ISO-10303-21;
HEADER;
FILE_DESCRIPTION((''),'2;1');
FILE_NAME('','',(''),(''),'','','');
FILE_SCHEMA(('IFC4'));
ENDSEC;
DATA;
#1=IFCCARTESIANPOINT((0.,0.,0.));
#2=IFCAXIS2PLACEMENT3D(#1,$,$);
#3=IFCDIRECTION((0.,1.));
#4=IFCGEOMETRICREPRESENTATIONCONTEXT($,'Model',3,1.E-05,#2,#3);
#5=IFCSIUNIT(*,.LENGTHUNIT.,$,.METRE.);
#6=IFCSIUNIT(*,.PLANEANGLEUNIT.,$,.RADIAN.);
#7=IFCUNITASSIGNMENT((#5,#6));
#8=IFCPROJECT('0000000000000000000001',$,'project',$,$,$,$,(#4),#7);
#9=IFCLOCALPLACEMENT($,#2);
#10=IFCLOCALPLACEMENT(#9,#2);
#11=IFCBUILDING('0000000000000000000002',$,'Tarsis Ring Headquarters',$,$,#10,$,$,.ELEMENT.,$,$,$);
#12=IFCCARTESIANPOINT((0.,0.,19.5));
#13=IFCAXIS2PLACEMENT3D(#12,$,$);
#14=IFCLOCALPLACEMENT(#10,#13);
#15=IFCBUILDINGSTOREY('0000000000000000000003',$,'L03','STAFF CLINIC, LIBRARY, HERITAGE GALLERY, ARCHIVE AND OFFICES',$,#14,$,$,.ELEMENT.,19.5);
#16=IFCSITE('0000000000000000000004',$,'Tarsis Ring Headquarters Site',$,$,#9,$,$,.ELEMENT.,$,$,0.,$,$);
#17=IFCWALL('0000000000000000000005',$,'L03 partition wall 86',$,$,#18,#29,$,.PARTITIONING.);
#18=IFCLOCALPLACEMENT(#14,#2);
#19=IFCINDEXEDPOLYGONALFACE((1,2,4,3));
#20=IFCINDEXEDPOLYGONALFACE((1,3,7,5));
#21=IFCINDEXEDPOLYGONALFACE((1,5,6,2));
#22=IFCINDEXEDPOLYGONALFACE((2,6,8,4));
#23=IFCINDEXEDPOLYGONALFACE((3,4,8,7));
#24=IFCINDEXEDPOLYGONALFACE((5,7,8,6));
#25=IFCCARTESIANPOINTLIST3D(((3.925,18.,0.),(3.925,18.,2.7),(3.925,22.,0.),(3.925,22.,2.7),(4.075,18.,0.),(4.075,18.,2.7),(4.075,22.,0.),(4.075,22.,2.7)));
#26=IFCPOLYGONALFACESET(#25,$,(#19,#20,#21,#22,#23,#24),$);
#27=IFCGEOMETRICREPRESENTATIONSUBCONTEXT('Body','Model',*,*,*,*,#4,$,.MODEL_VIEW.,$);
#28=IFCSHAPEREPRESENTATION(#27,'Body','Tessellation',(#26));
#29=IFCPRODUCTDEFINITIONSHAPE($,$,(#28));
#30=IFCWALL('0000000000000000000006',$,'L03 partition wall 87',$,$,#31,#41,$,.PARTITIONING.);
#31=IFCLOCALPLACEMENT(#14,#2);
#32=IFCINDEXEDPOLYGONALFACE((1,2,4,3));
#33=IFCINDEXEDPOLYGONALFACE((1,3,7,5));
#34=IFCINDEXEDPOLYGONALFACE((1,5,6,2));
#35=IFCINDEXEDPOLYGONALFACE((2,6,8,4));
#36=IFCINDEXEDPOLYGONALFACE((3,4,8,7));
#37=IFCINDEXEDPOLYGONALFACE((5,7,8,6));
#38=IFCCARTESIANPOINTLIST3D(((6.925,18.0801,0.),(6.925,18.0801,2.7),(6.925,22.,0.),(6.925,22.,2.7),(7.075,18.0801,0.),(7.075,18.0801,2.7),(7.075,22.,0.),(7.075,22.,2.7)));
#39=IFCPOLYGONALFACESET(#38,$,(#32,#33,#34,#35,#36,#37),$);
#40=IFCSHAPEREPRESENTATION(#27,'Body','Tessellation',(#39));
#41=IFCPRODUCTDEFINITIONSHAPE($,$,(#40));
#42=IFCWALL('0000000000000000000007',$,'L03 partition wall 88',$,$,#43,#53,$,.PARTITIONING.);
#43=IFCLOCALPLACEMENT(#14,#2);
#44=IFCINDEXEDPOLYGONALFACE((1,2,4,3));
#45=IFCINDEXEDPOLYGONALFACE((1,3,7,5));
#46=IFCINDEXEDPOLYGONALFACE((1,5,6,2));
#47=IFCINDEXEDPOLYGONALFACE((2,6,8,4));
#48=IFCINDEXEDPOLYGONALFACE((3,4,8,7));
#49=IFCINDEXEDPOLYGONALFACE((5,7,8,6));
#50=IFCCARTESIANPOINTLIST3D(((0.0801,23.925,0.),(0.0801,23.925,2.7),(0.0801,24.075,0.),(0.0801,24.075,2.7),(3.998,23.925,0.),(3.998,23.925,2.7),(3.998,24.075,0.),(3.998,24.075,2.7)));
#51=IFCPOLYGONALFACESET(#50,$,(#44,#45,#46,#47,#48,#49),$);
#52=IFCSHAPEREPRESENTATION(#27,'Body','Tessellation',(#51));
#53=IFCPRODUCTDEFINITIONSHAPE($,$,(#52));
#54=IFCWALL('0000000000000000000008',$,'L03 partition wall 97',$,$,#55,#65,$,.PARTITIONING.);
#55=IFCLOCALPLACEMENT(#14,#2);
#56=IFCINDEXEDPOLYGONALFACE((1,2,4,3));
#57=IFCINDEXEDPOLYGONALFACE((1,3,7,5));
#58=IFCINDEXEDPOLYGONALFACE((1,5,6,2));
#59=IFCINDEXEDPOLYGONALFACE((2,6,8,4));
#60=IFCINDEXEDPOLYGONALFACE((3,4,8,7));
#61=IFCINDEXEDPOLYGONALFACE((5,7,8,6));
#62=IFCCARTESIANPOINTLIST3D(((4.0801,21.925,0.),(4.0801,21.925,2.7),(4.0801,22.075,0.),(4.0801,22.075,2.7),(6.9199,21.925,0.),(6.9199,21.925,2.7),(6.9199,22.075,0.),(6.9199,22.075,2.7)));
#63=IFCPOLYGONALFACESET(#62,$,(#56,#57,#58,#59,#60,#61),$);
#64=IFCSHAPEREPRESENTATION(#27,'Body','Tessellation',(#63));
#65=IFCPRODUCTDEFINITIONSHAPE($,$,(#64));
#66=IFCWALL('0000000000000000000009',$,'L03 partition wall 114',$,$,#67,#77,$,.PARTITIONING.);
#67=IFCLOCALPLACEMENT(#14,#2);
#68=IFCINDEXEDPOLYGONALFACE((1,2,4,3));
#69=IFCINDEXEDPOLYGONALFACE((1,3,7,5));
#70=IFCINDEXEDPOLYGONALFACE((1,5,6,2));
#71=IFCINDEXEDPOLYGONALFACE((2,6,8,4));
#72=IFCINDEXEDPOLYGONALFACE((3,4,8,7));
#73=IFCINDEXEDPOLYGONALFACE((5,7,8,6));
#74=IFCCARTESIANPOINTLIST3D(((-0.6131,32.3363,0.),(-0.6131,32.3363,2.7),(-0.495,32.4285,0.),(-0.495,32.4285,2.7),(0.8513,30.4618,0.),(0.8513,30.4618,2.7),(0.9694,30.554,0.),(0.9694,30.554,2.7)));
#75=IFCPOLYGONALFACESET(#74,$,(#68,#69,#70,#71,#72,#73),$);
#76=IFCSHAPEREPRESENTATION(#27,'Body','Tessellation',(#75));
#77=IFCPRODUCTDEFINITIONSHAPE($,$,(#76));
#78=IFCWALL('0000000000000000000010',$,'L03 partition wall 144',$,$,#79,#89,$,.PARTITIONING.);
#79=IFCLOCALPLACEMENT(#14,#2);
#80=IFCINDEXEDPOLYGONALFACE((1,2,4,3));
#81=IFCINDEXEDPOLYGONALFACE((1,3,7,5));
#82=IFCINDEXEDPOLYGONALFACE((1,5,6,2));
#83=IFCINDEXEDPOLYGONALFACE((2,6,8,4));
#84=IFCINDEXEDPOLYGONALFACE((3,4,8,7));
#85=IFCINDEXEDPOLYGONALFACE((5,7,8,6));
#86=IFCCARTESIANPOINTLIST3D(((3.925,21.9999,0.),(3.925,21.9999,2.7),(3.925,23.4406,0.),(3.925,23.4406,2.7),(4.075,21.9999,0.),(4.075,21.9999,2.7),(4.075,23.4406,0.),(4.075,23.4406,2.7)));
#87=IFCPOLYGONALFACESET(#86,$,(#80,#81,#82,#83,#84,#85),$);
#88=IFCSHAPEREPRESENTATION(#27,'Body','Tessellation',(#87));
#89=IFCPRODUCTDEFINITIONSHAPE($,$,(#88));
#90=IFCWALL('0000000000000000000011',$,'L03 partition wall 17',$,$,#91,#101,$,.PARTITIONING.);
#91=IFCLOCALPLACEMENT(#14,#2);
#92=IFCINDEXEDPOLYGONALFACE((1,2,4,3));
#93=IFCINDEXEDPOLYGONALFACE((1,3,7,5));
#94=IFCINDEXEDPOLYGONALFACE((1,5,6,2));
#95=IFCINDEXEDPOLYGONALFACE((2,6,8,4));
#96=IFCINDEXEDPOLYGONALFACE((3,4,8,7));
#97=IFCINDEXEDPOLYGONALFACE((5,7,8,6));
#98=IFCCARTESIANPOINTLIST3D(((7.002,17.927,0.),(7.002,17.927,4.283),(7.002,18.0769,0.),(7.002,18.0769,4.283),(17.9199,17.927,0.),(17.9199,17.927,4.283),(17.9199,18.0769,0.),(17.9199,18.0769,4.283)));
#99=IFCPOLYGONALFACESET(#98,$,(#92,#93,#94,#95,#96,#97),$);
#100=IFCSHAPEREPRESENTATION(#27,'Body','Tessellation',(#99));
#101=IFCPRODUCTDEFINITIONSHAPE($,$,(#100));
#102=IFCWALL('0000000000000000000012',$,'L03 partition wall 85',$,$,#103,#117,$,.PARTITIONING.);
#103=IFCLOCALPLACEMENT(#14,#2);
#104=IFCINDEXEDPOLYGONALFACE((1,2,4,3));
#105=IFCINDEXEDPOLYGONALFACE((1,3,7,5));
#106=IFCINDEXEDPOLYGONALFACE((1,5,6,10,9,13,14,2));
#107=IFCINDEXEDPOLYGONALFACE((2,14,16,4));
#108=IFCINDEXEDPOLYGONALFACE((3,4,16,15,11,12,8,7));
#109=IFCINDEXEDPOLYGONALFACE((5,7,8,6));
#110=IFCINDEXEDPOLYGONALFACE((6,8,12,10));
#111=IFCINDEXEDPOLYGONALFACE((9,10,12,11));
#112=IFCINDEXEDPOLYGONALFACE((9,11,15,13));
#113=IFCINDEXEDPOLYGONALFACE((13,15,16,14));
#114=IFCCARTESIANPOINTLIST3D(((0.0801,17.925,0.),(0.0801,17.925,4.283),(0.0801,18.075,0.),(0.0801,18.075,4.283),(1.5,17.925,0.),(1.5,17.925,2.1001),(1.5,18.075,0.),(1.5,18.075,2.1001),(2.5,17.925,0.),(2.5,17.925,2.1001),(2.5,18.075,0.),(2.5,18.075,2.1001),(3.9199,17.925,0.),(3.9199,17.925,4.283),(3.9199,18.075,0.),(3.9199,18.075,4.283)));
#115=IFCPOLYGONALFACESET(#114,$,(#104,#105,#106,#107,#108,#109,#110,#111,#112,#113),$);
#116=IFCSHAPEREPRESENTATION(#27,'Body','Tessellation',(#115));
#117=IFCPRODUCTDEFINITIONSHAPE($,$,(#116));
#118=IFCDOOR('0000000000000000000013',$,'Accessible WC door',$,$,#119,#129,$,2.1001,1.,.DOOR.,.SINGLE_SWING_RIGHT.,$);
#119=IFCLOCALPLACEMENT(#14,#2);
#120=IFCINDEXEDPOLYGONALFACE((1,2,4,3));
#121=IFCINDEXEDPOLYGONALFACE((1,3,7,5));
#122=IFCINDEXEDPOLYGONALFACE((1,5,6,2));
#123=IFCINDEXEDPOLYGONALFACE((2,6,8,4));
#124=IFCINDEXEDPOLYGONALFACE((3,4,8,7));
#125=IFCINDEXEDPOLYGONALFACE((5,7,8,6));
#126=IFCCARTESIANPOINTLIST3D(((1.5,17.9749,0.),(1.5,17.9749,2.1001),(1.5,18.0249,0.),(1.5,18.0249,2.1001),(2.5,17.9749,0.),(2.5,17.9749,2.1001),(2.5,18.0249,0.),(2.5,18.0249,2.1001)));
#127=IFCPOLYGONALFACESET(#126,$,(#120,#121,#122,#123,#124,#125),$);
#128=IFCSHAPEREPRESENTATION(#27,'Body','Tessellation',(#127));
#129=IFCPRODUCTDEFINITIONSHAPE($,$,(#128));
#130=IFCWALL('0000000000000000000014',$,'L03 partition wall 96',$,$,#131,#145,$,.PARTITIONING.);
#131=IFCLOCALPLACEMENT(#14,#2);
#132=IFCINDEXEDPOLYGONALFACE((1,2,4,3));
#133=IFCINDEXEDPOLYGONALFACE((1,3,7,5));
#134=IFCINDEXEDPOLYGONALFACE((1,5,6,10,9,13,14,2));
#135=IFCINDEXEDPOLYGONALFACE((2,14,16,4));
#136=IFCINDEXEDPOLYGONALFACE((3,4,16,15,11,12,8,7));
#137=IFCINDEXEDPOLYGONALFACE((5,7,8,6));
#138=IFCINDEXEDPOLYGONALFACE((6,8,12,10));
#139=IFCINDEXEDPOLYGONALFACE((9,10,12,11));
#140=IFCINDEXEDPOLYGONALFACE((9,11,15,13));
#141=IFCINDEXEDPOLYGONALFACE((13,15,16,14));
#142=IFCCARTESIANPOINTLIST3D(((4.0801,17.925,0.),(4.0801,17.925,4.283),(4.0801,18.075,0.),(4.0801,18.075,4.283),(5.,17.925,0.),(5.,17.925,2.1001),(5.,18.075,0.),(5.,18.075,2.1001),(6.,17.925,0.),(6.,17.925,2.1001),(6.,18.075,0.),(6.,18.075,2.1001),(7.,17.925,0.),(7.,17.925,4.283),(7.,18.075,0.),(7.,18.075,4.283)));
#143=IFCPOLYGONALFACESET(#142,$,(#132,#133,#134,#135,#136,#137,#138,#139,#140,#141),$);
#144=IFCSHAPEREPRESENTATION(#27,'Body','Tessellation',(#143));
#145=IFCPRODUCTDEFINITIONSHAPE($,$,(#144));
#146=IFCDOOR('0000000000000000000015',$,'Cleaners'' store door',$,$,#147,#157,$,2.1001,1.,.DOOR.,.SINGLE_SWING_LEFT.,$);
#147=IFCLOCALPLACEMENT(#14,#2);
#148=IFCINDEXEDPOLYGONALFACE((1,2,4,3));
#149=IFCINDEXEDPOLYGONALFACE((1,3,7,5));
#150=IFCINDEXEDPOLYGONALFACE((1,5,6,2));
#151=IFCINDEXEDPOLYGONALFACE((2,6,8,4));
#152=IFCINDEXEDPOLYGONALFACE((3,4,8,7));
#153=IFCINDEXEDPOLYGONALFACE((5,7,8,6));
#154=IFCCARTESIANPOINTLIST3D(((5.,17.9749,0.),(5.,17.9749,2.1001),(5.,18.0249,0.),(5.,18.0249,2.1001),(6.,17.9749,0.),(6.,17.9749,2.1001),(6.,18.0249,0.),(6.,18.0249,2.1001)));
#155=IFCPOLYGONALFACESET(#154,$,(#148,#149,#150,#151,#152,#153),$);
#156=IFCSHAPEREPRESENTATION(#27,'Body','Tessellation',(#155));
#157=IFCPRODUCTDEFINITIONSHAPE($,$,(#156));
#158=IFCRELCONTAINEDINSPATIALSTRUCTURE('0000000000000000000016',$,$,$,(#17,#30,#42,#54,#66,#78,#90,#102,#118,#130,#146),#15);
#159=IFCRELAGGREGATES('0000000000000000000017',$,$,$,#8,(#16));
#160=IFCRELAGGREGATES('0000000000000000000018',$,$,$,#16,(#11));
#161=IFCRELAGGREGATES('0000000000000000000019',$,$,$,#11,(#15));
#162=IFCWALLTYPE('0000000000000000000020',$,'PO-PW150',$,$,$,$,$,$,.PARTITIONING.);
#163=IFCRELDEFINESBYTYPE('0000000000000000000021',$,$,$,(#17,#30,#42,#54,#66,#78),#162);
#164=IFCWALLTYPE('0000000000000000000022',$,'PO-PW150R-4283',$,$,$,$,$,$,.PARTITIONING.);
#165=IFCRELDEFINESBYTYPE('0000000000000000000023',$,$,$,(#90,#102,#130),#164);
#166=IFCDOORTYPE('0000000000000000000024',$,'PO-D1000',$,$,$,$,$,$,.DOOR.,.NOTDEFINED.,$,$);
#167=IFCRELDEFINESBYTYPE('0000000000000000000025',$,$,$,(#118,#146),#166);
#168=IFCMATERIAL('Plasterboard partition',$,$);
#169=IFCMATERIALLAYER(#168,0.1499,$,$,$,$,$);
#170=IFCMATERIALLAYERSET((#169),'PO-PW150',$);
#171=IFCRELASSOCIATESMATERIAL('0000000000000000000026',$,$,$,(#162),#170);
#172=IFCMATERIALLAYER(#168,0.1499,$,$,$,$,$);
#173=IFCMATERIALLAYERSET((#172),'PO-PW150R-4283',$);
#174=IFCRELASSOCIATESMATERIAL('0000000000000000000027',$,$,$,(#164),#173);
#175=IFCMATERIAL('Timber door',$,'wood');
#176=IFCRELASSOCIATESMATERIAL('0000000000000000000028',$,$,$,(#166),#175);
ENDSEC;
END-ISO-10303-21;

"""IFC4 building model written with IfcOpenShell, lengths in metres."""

from ifc_helpers import new_model, si_unit, direction, frame, frame_2d, origin, place, context, subcontext, project, spatial, rectangle, extrude, material, layer, layer_set, type_object, element, fill, save


model = new_model("IFC4")

# Units and contexts
model_context = context("Model", 3, precision=1e-05, world=origin(), true_north=direction((0.0, 1.0)))
body_context = subcontext(model_context, "Body", "Model", "MODEL_VIEW")
ifc_project = project(units=[si_unit("LENGTHUNIT", "METRE"), si_unit("PLANEANGLEUNIT", "RADIAN")], contexts=[model_context])

# Site, building, storey
site_placement = place(None, origin())
site = spatial("IfcSite", under=ifc_project, at=site_placement, Name="Tarsis Ring Headquarters Site", CompositionType="ELEMENT", RefElevation=0.0)
building_placement = place(site_placement, origin())
building = spatial("IfcBuilding", under=site, at=building_placement, Name="Tarsis Ring Headquarters", CompositionType="ELEMENT")
storey_placement = place(building_placement, frame((0.0, 0.0, 19.5)))
storey = spatial("IfcBuildingStorey", under=building, at=storey_placement, Name="L03", Description="STAFF CLINIC, LIBRARY, HERITAGE GALLERY, ARCHIVE AND OFFICES", CompositionType="ELEMENT", Elevation=19.5)

# Walls
ifc_material_1 = material(Name="Plasterboard partition")
ifc_layer_1 = layer(ifc_material_1, 0.1499)
ifc_layer_set_1 = layer_set([ifc_layer_1], Name="PO-PW150")
wall_type_1 = type_object("IfcWallType", Name="PO-PW150", PredefinedType="PARTITIONING", material=ifc_layer_set_1)
wall_1_placement = place(storey_placement, frame((4.0, 18.0, 0.0), z_axis=(0.0, 0.0, 1.0), x_axis=(0.0, 1.0, 0.0)))
element("IfcWall", 1, at=wall_1_placement, inside=storey, type_object=wall_type_1, Name="L03 partition wall 86", PredefinedType="PARTITIONING", context=body_context, shape_type="SweptSolid", body=[
    extrude(rectangle(XDim=4.0, YDim=0.1499, at=frame_2d((2.0, 0.0))), origin(), (0.0, 0.0, 1.0), 2.7),
])
wall_2_placement = place(storey_placement, frame((7.0, 18.0801, 0.0), z_axis=(0.0, 0.0, 1.0), x_axis=(0.0, 1.0, 0.0)))
element("IfcWall", 2, at=wall_2_placement, inside=storey, type_object=wall_type_1, Name="L03 partition wall 87", PredefinedType="PARTITIONING", context=body_context, shape_type="SweptSolid", body=[
    extrude(rectangle(XDim=3.9199, YDim=0.1499, at=frame_2d((1.96, 0.0))), origin(), (0.0, 0.0, 1.0), 2.7),
])
wall_3_placement = place(storey_placement, frame((0.0801, 24.0, 0.0), z_axis=(0.0, 0.0, 1.0), x_axis=(1.0, 0.0, 0.0)))
element("IfcWall", 3, at=wall_3_placement, inside=storey, type_object=wall_type_1, Name="L03 partition wall 88", PredefinedType="PARTITIONING", context=body_context, shape_type="SweptSolid", body=[
    extrude(rectangle(XDim=3.918, YDim=0.1499, at=frame_2d((1.959, 0.0))), origin(), (0.0, 0.0, 1.0), 2.7),
])
wall_4_placement = place(storey_placement, frame((6.9199, 22.0, 0.0), z_axis=(0.0, 0.0, 1.0), x_axis=(-1.0, 0.0, 0.0)))
element("IfcWall", 4, at=wall_4_placement, inside=storey, type_object=wall_type_1, Name="L03 partition wall 97", PredefinedType="PARTITIONING", context=body_context, shape_type="SweptSolid", body=[
    extrude(rectangle(XDim=2.8398, YDim=0.1499, at=frame_2d((1.4199, 0.0))), origin(), (0.0, 0.0, 1.0), 2.7),
])
wall_5_placement = place(storey_placement, frame((0.9104, 30.5078, 0.0), z_axis=(0.0, 0.0, 1.0), x_axis=(-0.615616, 0.788046, 0.0)))
element("IfcWall", 5, at=wall_5_placement, inside=storey, type_object=wall_type_1, Name="L03 partition wall 114", PredefinedType="PARTITIONING", context=body_context, shape_type="SweptSolid", body=[
    extrude(rectangle(XDim=2.3787, YDim=0.1499, at=frame_2d((1.1895, 0.0))), origin(), (0.0, 0.0, 1.0), 2.7),
])
wall_6_placement = place(storey_placement, frame((4.0, 22.0, 0.0), z_axis=(0.0, 0.0, 1.0), x_axis=(0.0, 1.0, 0.0)))
element("IfcWall", 6, at=wall_6_placement, inside=storey, type_object=wall_type_1, Name="L03 partition wall 144", PredefinedType="PARTITIONING", context=body_context, shape_type="SweptSolid", body=[
    extrude(rectangle(XDim=1.4407, YDim=0.1499, at=frame_2d((0.7202, 0.0))), origin(), (0.0, 0.0, 1.0), 2.7),
])
ifc_layer_2 = layer(ifc_material_1, 0.1499)
ifc_layer_set_2 = layer_set([ifc_layer_2], Name="PO-PW150R-4283")
wall_type_2 = type_object("IfcWallType", Name="PO-PW150R-4283", PredefinedType="PARTITIONING", material=ifc_layer_set_2)
wall_7_placement = place(storey_placement, frame((7.002, 18.002, 0.0), z_axis=(0.0, 0.0, 1.0), x_axis=(1.0, 0.0, 0.0)))
element("IfcWall", 7, at=wall_7_placement, inside=storey, type_object=wall_type_2, Name="L03 partition wall 17", PredefinedType="PARTITIONING", context=body_context, shape_type="SweptSolid", body=[
    extrude(rectangle(XDim=10.918, YDim=0.1499, at=frame_2d((5.459, 0.0))), origin(), (0.0, 0.0, 1.0), 4.283),
])

# Walls, openings, doors
wall_8_placement = place(storey_placement, frame((0.0801, 18.0, 0.0), z_axis=(0.0, 0.0, 1.0), x_axis=(1.0, 0.0, 0.0)))
wall_8 = element("IfcWall", 8, at=wall_8_placement, inside=storey, type_object=wall_type_2, Name="L03 partition wall 85", PredefinedType="PARTITIONING", context=body_context, shape_type="SweptSolid", body=[
    extrude(rectangle(XDim=3.8398, YDim=0.1499, at=frame_2d((1.9199, 0.0))), origin(), (0.0, 0.0, 1.0), 4.283),
])
opening_1_placement = place(wall_8_placement, frame((1.4199, 0.0, 0.0)))
opening_1 = element("IfcOpeningElement", 9, at=opening_1_placement, cuts=wall_8, PredefinedType="OPENING", context=body_context, shape_type="SweptSolid", body=[
    extrude(rectangle(XDim=1.0, YDim=2.1001, at=frame_2d((0.5, 1.05))), frame((0.0, 0.085, 0.0), z_axis=(0.0, -1.0, 0.0), x_axis=(1.0, 0.0, 0.0)), (0.0, 0.0, 1.0), 0.1699),
])
ifc_material_2 = material(Name="Timber door", Category="wood")
door_type = type_object("IfcDoorType", Name="PO-D1000", OperationType="NOTDEFINED", PredefinedType="DOOR", material=ifc_material_2)
door_1_placement = place(opening_1_placement, origin())
door_1 = element("IfcDoor", 10, at=door_1_placement, inside=storey, type_object=door_type, Name="Accessible WC door", OperationType="SINGLE_SWING_RIGHT", OverallHeight=2.1001, OverallWidth=1.0, PredefinedType="DOOR", context=body_context, shape_type="SweptSolid", body=[
    extrude(rectangle(XDim=1.0, YDim=2.1001, at=frame_2d((0.5, 1.05))), frame((0.0, 0.0249, 0.0), z_axis=(0.0, -1.0, 0.0), x_axis=(1.0, 0.0, 0.0)), (0.0, 0.0, 1.0), 0.05),
])
fill(opening_1, door_1)
wall_9_placement = place(storey_placement, frame((4.0801, 18.0, 0.0), z_axis=(0.0, 0.0, 1.0), x_axis=(1.0, 0.0, 0.0)))
wall_9 = element("IfcWall", 11, at=wall_9_placement, inside=storey, type_object=wall_type_2, Name="L03 partition wall 96", PredefinedType="PARTITIONING", context=body_context, shape_type="SweptSolid", body=[
    extrude(rectangle(XDim=2.9199, YDim=0.1499, at=frame_2d((1.46, 0.0))), origin(), (0.0, 0.0, 1.0), 4.283),
])
opening_2_placement = place(wall_9_placement, frame((0.9199, 0.0, 0.0)))
opening_2 = element("IfcOpeningElement", 12, at=opening_2_placement, cuts=wall_9, PredefinedType="OPENING", context=body_context, shape_type="SweptSolid", body=[
    extrude(rectangle(XDim=1.0, YDim=2.1001, at=frame_2d((0.5, 1.05))), frame((0.0, 0.085, 0.0), z_axis=(0.0, -1.0, 0.0), x_axis=(1.0, 0.0, 0.0)), (0.0, 0.0, 1.0), 0.1699),
])
door_2_placement = place(opening_2_placement, origin())
door_2 = element("IfcDoor", 13, at=door_2_placement, inside=storey, type_object=door_type, Name="Cleaners' store door", OperationType="SINGLE_SWING_LEFT", OverallHeight=2.1001, OverallWidth=1.0, PredefinedType="DOOR", context=body_context, shape_type="SweptSolid", body=[
    extrude(rectangle(XDim=1.0, YDim=2.1001, at=frame_2d((0.5, 1.05))), frame((0.0, 0.0249, 0.0), z_axis=(0.0, -1.0, 0.0), x_axis=(1.0, 0.0, 0.0)), (0.0, 0.0, 1.0), 0.05),
])
fill(opening_2, door_2)

save(model, "model.ifc")
